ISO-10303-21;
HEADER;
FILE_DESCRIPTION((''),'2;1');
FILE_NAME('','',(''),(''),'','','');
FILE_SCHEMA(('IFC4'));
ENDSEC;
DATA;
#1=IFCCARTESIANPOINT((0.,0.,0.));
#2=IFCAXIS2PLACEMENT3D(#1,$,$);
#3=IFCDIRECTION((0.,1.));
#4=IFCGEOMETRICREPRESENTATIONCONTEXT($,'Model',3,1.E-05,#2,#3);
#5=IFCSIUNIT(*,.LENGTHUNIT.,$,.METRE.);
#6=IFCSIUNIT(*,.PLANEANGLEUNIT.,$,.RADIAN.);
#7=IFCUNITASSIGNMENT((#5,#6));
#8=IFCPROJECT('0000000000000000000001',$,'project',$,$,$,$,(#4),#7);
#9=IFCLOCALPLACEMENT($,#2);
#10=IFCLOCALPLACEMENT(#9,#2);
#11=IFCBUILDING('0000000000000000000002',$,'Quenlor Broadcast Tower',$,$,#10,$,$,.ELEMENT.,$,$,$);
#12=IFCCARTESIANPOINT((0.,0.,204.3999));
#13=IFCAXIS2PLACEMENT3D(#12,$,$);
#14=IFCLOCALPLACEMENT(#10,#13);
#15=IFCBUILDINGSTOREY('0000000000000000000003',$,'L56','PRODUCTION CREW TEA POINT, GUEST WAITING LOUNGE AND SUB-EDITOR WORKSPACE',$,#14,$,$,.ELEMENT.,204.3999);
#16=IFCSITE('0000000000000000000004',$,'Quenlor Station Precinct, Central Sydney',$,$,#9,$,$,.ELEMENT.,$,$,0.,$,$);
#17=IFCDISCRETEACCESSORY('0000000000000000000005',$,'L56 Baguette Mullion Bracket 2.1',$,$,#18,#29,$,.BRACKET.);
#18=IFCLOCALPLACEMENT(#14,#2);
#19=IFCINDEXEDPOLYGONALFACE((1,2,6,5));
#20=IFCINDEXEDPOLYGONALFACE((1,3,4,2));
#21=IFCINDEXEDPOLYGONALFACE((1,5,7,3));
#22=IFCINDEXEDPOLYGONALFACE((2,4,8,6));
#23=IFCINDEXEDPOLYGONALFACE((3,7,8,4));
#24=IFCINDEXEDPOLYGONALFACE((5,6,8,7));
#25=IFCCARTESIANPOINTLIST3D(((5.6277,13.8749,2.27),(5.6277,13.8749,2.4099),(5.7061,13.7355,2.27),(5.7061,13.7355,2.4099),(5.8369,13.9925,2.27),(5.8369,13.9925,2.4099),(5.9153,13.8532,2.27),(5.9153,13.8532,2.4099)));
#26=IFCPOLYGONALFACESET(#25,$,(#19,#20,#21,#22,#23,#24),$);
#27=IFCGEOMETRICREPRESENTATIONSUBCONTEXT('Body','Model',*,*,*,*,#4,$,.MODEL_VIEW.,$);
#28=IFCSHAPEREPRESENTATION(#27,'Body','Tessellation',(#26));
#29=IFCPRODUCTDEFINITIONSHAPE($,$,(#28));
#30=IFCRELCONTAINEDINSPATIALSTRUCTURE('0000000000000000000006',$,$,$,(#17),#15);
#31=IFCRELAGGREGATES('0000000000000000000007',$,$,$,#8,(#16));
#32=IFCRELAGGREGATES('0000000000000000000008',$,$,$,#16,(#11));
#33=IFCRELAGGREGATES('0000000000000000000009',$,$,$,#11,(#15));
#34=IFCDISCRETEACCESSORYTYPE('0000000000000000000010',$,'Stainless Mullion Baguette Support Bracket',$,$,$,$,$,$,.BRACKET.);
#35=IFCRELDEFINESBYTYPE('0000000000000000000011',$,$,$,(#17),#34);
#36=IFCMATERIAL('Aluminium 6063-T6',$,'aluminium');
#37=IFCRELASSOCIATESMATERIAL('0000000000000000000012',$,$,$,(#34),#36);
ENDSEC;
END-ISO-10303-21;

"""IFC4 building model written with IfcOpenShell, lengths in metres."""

from ifc_helpers import new_model, si_unit, direction, frame, origin, origin_2d, place, context, subcontext, project, spatial, rectangle, extrude, material, type_object, element, save


model = new_model("IFC4")

# Units and contexts
model_context = context("Model", 3, precision=1e-05, world=origin(), true_north=direction((0.0, 1.0)))
body_context = subcontext(model_context, "Body", "Model", "MODEL_VIEW")
ifc_project = project(units=[si_unit("LENGTHUNIT", "METRE"), si_unit("PLANEANGLEUNIT", "RADIAN")], contexts=[model_context])

# Site, building, storey
site_placement = place(None, origin())
site = spatial("IfcSite", under=ifc_project, at=site_placement, Name="Quenlor Station Precinct, Central Sydney", CompositionType="ELEMENT", RefElevation=0.0)
building_placement = place(site_placement, origin())
building = spatial("IfcBuilding", under=site, at=building_placement, Name="Quenlor Broadcast Tower", CompositionType="ELEMENT")
storey_placement = place(building_placement, frame((0.0, 0.0, 204.3999)))
storey = spatial("IfcBuildingStorey", under=building, at=storey_placement, Name="L56", Description="PRODUCTION CREW TEA POINT, GUEST WAITING LOUNGE AND SUB-EDITOR WORKSPACE", CompositionType="ELEMENT", Elevation=204.3999)

# Discrete accessory
ifc_material_1 = material(Name="Aluminium 6063-T6", Category="aluminium")
discrete_accessory_type = type_object("IfcDiscreteAccessoryType", Name="Stainless Mullion Baguette Support Bracket", PredefinedType="BRACKET", material=ifc_material_1)
for number, where, z_axis, x_axis, name in (
    (1, (5.7715, 13.864, 2.27), (0.0, 0.0, 1.0), (0.49026, -0.871576, 0.0), "L56 Baguette Mullion Bracket 2.1"),
):
    element("IfcDiscreteAccessory", number, at=place(storey_placement, frame(where, z_axis=z_axis, x_axis=x_axis)), inside=storey, type_object=discrete_accessory_type, Name=name, PredefinedType="BRACKET", context=body_context, shape_type="SweptSolid", body=[
        extrude(rectangle(XDim=0.1599, YDim=0.24, at=origin_2d()), origin(), (0.0, 0.0, 1.0), 0.1399),
    ])

save(model, "model.ifc")
